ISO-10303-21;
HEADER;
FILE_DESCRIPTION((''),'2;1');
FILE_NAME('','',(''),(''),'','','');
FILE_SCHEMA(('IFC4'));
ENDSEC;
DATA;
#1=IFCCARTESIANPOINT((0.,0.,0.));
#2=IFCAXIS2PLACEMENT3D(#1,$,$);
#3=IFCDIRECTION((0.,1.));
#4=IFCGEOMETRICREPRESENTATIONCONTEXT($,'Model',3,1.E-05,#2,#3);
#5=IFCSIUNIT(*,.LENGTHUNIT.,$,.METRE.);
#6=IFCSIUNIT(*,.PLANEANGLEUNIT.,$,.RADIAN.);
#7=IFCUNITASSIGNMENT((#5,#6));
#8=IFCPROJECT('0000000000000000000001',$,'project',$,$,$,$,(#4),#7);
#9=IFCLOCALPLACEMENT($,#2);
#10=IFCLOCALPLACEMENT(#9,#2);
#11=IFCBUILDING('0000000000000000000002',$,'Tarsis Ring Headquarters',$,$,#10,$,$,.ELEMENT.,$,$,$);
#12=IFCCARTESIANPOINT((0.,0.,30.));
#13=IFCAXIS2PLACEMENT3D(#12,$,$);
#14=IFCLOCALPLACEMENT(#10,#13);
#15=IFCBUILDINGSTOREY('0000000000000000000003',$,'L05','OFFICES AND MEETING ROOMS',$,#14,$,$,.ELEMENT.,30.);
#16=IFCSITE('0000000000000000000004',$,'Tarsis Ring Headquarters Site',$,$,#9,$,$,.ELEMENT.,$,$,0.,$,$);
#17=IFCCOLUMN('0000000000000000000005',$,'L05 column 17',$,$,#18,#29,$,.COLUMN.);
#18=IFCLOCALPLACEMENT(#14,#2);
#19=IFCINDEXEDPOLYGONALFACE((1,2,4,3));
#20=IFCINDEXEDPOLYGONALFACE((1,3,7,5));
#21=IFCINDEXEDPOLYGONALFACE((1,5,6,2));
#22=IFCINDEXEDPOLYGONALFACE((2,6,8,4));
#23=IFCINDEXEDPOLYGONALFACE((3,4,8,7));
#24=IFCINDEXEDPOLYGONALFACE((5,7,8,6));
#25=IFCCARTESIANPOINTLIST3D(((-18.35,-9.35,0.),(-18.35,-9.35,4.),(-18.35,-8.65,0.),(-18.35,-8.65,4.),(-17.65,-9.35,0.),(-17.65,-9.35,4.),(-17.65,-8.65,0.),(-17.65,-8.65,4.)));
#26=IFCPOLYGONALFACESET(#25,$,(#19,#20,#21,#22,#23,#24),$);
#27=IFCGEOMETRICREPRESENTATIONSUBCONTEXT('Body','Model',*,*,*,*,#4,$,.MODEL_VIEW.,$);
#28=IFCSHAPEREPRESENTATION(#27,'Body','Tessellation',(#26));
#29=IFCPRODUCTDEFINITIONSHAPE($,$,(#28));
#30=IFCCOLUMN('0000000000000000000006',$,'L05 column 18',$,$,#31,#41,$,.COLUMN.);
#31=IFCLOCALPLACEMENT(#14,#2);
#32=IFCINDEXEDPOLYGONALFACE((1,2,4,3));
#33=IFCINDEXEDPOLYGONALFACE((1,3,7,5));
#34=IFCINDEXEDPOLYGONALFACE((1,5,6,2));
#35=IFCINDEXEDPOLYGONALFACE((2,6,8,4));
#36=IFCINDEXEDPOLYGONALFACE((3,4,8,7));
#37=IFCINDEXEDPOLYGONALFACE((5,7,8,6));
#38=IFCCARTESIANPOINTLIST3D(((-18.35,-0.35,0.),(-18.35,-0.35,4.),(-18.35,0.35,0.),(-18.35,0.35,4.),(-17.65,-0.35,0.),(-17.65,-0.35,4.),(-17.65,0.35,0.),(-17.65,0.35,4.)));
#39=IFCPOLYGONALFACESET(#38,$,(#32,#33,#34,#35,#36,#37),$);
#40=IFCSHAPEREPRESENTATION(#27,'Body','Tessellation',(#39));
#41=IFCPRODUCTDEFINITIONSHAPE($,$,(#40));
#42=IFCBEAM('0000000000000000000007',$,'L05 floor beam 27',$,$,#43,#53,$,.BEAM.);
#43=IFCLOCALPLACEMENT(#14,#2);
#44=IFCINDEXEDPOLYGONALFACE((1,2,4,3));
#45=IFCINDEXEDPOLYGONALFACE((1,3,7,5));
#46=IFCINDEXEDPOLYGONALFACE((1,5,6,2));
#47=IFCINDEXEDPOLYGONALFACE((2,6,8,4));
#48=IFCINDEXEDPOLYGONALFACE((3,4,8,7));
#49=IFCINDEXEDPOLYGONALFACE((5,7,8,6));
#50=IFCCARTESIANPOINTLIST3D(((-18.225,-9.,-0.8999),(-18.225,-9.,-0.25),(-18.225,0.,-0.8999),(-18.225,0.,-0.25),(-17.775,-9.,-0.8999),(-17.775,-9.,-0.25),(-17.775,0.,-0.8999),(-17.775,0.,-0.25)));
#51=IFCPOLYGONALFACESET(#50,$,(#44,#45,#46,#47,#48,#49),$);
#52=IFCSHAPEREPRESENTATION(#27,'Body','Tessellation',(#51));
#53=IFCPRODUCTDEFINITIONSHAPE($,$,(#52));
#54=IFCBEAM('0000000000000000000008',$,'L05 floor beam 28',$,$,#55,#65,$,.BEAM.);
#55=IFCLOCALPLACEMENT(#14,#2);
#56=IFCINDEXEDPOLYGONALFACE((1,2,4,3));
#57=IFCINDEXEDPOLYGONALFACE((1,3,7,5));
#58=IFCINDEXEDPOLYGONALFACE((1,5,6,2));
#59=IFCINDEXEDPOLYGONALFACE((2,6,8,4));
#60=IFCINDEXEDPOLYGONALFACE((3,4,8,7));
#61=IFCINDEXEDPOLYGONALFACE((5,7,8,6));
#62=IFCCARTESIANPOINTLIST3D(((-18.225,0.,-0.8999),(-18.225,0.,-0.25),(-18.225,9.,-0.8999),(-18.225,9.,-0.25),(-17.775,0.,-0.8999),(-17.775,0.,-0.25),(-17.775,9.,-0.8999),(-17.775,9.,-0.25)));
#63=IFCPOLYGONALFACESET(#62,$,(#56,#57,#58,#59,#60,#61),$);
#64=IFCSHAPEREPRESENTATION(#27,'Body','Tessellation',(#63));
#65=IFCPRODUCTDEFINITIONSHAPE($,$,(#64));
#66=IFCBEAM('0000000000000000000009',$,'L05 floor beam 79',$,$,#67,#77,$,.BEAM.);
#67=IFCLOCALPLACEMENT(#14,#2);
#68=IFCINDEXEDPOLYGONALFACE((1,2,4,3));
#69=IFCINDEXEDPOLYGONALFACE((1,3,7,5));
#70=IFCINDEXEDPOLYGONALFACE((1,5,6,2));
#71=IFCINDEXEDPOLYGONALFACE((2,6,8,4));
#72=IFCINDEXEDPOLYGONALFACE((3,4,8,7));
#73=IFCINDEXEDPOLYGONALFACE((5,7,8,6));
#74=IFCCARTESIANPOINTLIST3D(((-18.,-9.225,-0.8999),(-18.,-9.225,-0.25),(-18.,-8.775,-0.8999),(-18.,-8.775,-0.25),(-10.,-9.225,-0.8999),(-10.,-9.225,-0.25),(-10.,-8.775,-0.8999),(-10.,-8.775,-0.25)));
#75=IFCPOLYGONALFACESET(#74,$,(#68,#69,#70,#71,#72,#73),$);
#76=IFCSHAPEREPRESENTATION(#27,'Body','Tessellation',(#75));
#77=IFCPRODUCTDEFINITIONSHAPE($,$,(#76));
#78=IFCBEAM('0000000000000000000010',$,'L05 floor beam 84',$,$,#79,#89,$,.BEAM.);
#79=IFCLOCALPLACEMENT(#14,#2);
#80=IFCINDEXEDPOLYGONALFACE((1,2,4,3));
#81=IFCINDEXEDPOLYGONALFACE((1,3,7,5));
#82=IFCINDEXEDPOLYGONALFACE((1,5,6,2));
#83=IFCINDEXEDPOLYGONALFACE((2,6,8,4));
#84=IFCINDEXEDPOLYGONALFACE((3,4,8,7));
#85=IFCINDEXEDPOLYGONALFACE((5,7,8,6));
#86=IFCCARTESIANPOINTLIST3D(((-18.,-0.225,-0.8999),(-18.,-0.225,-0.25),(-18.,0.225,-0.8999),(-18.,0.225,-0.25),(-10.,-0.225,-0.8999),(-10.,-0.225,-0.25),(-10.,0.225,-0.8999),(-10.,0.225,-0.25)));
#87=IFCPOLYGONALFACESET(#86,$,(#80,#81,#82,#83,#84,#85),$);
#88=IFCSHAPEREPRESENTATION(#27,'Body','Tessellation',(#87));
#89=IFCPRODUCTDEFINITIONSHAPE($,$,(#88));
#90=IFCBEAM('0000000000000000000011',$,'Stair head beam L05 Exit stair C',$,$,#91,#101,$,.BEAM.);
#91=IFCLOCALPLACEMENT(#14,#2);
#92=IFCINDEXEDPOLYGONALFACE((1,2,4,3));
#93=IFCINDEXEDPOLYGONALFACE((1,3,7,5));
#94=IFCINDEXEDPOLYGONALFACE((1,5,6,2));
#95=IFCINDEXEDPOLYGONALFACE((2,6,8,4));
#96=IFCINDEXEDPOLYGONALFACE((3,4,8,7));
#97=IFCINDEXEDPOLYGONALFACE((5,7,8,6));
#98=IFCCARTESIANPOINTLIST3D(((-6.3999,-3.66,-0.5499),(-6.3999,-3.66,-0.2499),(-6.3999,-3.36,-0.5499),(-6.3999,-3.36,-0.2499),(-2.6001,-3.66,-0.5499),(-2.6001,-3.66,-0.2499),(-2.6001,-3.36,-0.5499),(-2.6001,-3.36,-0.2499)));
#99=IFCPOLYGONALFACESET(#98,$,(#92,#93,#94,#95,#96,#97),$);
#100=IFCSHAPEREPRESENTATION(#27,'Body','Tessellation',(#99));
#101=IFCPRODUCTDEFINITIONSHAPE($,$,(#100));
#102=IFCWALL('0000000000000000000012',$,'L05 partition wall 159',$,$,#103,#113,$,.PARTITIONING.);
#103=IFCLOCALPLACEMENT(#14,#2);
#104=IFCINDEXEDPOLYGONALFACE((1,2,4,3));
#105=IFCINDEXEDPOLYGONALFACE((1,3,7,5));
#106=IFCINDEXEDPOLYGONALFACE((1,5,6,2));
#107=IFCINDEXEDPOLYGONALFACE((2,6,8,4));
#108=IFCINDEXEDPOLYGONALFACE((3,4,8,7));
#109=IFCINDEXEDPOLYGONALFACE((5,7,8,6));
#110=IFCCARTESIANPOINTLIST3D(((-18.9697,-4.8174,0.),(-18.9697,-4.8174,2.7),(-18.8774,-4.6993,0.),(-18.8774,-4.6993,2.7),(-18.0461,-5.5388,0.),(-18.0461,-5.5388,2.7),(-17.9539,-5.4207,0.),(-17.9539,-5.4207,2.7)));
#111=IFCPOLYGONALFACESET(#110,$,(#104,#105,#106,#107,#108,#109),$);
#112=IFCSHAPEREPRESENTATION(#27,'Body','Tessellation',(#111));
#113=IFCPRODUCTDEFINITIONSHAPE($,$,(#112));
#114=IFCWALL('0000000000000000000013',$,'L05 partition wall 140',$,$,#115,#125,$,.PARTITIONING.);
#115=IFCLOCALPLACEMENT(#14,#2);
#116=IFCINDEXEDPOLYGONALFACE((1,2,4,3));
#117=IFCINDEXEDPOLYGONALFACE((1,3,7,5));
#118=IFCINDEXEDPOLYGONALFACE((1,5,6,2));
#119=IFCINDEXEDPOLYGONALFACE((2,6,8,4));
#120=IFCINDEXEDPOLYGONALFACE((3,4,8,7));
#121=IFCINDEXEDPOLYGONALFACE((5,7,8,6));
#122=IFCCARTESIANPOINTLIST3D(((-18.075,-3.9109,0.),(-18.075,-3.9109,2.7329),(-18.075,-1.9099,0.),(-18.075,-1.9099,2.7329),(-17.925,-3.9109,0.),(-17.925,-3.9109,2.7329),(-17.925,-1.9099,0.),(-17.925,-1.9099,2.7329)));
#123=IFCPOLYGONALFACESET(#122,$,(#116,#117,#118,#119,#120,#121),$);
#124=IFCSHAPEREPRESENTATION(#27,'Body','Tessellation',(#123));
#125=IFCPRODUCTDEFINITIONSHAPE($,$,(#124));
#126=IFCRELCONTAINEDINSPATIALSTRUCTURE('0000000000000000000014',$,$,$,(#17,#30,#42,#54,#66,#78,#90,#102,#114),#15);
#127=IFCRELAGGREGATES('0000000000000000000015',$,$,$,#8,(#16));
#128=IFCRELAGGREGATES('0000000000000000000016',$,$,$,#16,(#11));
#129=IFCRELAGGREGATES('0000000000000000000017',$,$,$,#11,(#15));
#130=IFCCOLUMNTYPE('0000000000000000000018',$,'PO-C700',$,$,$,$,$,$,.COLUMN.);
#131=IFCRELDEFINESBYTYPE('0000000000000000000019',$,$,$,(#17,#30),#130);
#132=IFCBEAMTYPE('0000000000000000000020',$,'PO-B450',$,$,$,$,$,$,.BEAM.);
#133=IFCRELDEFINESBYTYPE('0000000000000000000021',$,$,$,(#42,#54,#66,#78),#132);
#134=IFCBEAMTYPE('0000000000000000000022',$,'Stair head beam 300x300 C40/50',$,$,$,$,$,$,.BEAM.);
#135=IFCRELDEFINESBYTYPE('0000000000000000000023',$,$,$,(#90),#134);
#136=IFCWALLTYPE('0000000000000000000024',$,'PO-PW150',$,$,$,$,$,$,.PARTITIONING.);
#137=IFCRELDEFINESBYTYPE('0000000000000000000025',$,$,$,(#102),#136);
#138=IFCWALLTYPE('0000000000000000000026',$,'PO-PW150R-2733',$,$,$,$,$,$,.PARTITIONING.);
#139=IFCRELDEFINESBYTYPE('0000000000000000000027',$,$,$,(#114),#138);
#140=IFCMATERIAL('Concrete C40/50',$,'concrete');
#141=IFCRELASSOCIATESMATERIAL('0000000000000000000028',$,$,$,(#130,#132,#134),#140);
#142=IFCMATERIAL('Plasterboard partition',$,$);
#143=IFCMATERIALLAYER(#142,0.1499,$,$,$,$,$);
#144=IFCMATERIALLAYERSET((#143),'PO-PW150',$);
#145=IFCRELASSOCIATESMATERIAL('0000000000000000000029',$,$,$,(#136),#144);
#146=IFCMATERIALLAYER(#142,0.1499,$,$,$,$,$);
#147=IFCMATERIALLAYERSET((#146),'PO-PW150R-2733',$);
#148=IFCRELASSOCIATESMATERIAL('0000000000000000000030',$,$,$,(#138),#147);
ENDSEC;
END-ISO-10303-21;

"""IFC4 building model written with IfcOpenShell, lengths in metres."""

from ifc_helpers import new_model, si_unit, direction, frame, frame_2d, origin, origin_2d, place, context, subcontext, project, spatial, rectangle, extrude, material, layer, layer_set, material_profile, profile_set, type_object, element, save


model = new_model("IFC4")

# Units and contexts
model_context = context("Model", 3, precision=1e-05, world=origin(), true_north=direction((0.0, 1.0)))
body_context = subcontext(model_context, "Body", "Model", "MODEL_VIEW")
ifc_project = project(units=[si_unit("LENGTHUNIT", "METRE"), si_unit("PLANEANGLEUNIT", "RADIAN")], contexts=[model_context])

# Site, building, storey
site_placement = place(None, origin())
site = spatial("IfcSite", under=ifc_project, at=site_placement, Name="Tarsis Ring Headquarters Site", CompositionType="ELEMENT", RefElevation=0.0)
building_placement = place(site_placement, origin())
building = spatial("IfcBuilding", under=site, at=building_placement, Name="Tarsis Ring Headquarters", CompositionType="ELEMENT")
storey_placement = place(building_placement, frame((0.0, 0.0, 30.0)))
storey = spatial("IfcBuildingStorey", under=building, at=storey_placement, Name="L05", Description="OFFICES AND MEETING ROOMS", CompositionType="ELEMENT", Elevation=30.0)

# Columns
ifc_material_1 = material(Name="Concrete C40/50", Category="concrete")
ifc_material_profile_1 = material_profile(ifc_material_1, rectangle(XDim=0.7, YDim=0.7, at=origin_2d()), Name="PO-C700")
ifc_profile_set_1 = profile_set([ifc_material_profile_1], Name="Concrete C40/50")
column_type = type_object("IfcColumnType", Name="PO-C700", PredefinedType="COLUMN", material=ifc_profile_set_1)
for number, where, z_axis, x_axis, name in (
    (1, (-18.0, -9.0, 0.0), (0.0, 0.0, 1.0), (1.0, 0.0, 0.0), "L05 column 17"),
    (2, (-18.0, 0.0, 0.0), (0.0, 0.0, 1.0), (1.0, 0.0, 0.0), "L05 column 18"),
):
    element("IfcColumn", number, at=place(storey_placement, frame(where, z_axis=z_axis, x_axis=x_axis)), inside=storey, type_object=column_type, Name=name, PredefinedType="COLUMN", context=body_context, shape_type="SweptSolid", body=[
        extrude(rectangle(XDim=0.7, YDim=0.7, at=origin_2d()), origin(), (0.0, 0.0, 1.0), 4.0),
    ])

# Beams
ifc_material_profile_2 = material_profile(ifc_material_1, rectangle(XDim=0.45, YDim=0.6499, at=origin_2d()), Name="PO-B450")
ifc_profile_set_2 = profile_set([ifc_material_profile_2], Name="Concrete C40/50")
beam_type_1 = type_object("IfcBeamType", Name="PO-B450", PredefinedType="BEAM", material=ifc_profile_set_2)
for number, where, z_axis, x_axis, name in (
    (3, (-18.0, -9.0, -0.575), (0.0, 1.0, 0.0), (-1.0, 0.0, 0.0), "L05 floor beam 27"),
    (4, (-18.0, 0.0, -0.575), (0.0, 1.0, 0.0), (-1.0, 0.0, 0.0), "L05 floor beam 28"),
):
    element("IfcBeam", number, at=place(storey_placement, frame(where, z_axis=z_axis, x_axis=x_axis)), inside=storey, type_object=beam_type_1, Name=name, PredefinedType="BEAM", context=body_context, shape_type="SweptSolid", body=[
        extrude(rectangle(XDim=0.45, YDim=0.6499, at=origin_2d()), origin(), (0.0, 0.0, 1.0), 9.0),
    ])
for number, where, z_axis, x_axis, name in (
    (5, (-18.0, -9.0, -0.575), (1.0, 0.0, 0.0), (0.0, 1.0, 0.0), "L05 floor beam 79"),
    (6, (-18.0, 0.0, -0.575), (1.0, 0.0, 0.0), (0.0, 1.0, 0.0), "L05 floor beam 84"),
):
    element("IfcBeam", number, at=place(storey_placement, frame(where, z_axis=z_axis, x_axis=x_axis)), inside=storey, type_object=beam_type_1, Name=name, PredefinedType="BEAM", context=body_context, shape_type="SweptSolid", body=[
        extrude(rectangle(XDim=0.45, YDim=0.6499, at=origin_2d()), origin(), (0.0, 0.0, 1.0), 8.0),
    ])
ifc_material_profile_3 = material_profile(ifc_material_1, rectangle(XDim=0.3, YDim=0.3, at=origin_2d()), Name="Stair head beam 300x300 C40/50")
ifc_profile_set_3 = profile_set([ifc_material_profile_3], Name="Concrete C40/50")
beam_type_2 = type_object("IfcBeamType", Name="Stair head beam 300x300 C40/50", PredefinedType="BEAM", material=ifc_profile_set_3)
beam_placement = place(storey_placement, frame((-6.3999, -3.51, -0.3999), z_axis=(1.0, 0.0, 0.0), x_axis=(0.0, 1.0, 0.0)))
element("IfcBeam", 7, at=beam_placement, inside=storey, type_object=beam_type_2, Name="Stair head beam L05 Exit stair C", PredefinedType="BEAM", context=body_context, shape_type="SweptSolid", body=[
    extrude(rectangle(XDim=0.3, YDim=0.3, at=origin_2d()), origin(), (0.0, 0.0, 1.0), 3.7998),
])

# Walls
ifc_material_2 = material(Name="Plasterboard partition")
ifc_layer_1 = layer(ifc_material_2, 0.1499)
ifc_layer_set_1 = layer_set([ifc_layer_1], Name="PO-PW150")
wall_type_1 = type_object("IfcWallType", Name="PO-PW150", PredefinedType="PARTITIONING", material=ifc_layer_set_1)
wall_1_placement = place(storey_placement, frame((-18.0, -5.4797, 0.0), z_axis=(0.0, 0.0, 1.0), x_axis=(-0.788072, 0.615583, 0.0)))
element("IfcWall", 8, at=wall_1_placement, inside=storey, type_object=wall_type_1, Name="L05 partition wall 159", PredefinedType="PARTITIONING", context=body_context, shape_type="SweptSolid", body=[
    extrude(rectangle(XDim=1.1719, YDim=0.1499, at=frame_2d((0.5859, 0.0))), origin(), (0.0, 0.0, 1.0), 2.7),
])
ifc_layer_2 = layer(ifc_material_2, 0.1499)
ifc_layer_set_2 = layer_set([ifc_layer_2], Name="PO-PW150R-2733")
wall_type_2 = type_object("IfcWallType", Name="PO-PW150R-2733", PredefinedType="PARTITIONING", material=ifc_layer_set_2)
wall_2_placement = place(storey_placement, frame((-18.0, -3.9109, 0.0), z_axis=(0.0, 0.0, 1.0), x_axis=(0.0, 1.0, 0.0)))
element("IfcWall", 9, at=wall_2_placement, inside=storey, type_object=wall_type_2, Name="L05 partition wall 140", PredefinedType="PARTITIONING", context=body_context, shape_type="SweptSolid", body=[
    extrude(rectangle(XDim=2.001, YDim=0.1499, at=frame_2d((1.0005, 0.0))), origin(), (0.0, 0.0, 1.0), 2.7329),
])

save(model, "model.ifc")
